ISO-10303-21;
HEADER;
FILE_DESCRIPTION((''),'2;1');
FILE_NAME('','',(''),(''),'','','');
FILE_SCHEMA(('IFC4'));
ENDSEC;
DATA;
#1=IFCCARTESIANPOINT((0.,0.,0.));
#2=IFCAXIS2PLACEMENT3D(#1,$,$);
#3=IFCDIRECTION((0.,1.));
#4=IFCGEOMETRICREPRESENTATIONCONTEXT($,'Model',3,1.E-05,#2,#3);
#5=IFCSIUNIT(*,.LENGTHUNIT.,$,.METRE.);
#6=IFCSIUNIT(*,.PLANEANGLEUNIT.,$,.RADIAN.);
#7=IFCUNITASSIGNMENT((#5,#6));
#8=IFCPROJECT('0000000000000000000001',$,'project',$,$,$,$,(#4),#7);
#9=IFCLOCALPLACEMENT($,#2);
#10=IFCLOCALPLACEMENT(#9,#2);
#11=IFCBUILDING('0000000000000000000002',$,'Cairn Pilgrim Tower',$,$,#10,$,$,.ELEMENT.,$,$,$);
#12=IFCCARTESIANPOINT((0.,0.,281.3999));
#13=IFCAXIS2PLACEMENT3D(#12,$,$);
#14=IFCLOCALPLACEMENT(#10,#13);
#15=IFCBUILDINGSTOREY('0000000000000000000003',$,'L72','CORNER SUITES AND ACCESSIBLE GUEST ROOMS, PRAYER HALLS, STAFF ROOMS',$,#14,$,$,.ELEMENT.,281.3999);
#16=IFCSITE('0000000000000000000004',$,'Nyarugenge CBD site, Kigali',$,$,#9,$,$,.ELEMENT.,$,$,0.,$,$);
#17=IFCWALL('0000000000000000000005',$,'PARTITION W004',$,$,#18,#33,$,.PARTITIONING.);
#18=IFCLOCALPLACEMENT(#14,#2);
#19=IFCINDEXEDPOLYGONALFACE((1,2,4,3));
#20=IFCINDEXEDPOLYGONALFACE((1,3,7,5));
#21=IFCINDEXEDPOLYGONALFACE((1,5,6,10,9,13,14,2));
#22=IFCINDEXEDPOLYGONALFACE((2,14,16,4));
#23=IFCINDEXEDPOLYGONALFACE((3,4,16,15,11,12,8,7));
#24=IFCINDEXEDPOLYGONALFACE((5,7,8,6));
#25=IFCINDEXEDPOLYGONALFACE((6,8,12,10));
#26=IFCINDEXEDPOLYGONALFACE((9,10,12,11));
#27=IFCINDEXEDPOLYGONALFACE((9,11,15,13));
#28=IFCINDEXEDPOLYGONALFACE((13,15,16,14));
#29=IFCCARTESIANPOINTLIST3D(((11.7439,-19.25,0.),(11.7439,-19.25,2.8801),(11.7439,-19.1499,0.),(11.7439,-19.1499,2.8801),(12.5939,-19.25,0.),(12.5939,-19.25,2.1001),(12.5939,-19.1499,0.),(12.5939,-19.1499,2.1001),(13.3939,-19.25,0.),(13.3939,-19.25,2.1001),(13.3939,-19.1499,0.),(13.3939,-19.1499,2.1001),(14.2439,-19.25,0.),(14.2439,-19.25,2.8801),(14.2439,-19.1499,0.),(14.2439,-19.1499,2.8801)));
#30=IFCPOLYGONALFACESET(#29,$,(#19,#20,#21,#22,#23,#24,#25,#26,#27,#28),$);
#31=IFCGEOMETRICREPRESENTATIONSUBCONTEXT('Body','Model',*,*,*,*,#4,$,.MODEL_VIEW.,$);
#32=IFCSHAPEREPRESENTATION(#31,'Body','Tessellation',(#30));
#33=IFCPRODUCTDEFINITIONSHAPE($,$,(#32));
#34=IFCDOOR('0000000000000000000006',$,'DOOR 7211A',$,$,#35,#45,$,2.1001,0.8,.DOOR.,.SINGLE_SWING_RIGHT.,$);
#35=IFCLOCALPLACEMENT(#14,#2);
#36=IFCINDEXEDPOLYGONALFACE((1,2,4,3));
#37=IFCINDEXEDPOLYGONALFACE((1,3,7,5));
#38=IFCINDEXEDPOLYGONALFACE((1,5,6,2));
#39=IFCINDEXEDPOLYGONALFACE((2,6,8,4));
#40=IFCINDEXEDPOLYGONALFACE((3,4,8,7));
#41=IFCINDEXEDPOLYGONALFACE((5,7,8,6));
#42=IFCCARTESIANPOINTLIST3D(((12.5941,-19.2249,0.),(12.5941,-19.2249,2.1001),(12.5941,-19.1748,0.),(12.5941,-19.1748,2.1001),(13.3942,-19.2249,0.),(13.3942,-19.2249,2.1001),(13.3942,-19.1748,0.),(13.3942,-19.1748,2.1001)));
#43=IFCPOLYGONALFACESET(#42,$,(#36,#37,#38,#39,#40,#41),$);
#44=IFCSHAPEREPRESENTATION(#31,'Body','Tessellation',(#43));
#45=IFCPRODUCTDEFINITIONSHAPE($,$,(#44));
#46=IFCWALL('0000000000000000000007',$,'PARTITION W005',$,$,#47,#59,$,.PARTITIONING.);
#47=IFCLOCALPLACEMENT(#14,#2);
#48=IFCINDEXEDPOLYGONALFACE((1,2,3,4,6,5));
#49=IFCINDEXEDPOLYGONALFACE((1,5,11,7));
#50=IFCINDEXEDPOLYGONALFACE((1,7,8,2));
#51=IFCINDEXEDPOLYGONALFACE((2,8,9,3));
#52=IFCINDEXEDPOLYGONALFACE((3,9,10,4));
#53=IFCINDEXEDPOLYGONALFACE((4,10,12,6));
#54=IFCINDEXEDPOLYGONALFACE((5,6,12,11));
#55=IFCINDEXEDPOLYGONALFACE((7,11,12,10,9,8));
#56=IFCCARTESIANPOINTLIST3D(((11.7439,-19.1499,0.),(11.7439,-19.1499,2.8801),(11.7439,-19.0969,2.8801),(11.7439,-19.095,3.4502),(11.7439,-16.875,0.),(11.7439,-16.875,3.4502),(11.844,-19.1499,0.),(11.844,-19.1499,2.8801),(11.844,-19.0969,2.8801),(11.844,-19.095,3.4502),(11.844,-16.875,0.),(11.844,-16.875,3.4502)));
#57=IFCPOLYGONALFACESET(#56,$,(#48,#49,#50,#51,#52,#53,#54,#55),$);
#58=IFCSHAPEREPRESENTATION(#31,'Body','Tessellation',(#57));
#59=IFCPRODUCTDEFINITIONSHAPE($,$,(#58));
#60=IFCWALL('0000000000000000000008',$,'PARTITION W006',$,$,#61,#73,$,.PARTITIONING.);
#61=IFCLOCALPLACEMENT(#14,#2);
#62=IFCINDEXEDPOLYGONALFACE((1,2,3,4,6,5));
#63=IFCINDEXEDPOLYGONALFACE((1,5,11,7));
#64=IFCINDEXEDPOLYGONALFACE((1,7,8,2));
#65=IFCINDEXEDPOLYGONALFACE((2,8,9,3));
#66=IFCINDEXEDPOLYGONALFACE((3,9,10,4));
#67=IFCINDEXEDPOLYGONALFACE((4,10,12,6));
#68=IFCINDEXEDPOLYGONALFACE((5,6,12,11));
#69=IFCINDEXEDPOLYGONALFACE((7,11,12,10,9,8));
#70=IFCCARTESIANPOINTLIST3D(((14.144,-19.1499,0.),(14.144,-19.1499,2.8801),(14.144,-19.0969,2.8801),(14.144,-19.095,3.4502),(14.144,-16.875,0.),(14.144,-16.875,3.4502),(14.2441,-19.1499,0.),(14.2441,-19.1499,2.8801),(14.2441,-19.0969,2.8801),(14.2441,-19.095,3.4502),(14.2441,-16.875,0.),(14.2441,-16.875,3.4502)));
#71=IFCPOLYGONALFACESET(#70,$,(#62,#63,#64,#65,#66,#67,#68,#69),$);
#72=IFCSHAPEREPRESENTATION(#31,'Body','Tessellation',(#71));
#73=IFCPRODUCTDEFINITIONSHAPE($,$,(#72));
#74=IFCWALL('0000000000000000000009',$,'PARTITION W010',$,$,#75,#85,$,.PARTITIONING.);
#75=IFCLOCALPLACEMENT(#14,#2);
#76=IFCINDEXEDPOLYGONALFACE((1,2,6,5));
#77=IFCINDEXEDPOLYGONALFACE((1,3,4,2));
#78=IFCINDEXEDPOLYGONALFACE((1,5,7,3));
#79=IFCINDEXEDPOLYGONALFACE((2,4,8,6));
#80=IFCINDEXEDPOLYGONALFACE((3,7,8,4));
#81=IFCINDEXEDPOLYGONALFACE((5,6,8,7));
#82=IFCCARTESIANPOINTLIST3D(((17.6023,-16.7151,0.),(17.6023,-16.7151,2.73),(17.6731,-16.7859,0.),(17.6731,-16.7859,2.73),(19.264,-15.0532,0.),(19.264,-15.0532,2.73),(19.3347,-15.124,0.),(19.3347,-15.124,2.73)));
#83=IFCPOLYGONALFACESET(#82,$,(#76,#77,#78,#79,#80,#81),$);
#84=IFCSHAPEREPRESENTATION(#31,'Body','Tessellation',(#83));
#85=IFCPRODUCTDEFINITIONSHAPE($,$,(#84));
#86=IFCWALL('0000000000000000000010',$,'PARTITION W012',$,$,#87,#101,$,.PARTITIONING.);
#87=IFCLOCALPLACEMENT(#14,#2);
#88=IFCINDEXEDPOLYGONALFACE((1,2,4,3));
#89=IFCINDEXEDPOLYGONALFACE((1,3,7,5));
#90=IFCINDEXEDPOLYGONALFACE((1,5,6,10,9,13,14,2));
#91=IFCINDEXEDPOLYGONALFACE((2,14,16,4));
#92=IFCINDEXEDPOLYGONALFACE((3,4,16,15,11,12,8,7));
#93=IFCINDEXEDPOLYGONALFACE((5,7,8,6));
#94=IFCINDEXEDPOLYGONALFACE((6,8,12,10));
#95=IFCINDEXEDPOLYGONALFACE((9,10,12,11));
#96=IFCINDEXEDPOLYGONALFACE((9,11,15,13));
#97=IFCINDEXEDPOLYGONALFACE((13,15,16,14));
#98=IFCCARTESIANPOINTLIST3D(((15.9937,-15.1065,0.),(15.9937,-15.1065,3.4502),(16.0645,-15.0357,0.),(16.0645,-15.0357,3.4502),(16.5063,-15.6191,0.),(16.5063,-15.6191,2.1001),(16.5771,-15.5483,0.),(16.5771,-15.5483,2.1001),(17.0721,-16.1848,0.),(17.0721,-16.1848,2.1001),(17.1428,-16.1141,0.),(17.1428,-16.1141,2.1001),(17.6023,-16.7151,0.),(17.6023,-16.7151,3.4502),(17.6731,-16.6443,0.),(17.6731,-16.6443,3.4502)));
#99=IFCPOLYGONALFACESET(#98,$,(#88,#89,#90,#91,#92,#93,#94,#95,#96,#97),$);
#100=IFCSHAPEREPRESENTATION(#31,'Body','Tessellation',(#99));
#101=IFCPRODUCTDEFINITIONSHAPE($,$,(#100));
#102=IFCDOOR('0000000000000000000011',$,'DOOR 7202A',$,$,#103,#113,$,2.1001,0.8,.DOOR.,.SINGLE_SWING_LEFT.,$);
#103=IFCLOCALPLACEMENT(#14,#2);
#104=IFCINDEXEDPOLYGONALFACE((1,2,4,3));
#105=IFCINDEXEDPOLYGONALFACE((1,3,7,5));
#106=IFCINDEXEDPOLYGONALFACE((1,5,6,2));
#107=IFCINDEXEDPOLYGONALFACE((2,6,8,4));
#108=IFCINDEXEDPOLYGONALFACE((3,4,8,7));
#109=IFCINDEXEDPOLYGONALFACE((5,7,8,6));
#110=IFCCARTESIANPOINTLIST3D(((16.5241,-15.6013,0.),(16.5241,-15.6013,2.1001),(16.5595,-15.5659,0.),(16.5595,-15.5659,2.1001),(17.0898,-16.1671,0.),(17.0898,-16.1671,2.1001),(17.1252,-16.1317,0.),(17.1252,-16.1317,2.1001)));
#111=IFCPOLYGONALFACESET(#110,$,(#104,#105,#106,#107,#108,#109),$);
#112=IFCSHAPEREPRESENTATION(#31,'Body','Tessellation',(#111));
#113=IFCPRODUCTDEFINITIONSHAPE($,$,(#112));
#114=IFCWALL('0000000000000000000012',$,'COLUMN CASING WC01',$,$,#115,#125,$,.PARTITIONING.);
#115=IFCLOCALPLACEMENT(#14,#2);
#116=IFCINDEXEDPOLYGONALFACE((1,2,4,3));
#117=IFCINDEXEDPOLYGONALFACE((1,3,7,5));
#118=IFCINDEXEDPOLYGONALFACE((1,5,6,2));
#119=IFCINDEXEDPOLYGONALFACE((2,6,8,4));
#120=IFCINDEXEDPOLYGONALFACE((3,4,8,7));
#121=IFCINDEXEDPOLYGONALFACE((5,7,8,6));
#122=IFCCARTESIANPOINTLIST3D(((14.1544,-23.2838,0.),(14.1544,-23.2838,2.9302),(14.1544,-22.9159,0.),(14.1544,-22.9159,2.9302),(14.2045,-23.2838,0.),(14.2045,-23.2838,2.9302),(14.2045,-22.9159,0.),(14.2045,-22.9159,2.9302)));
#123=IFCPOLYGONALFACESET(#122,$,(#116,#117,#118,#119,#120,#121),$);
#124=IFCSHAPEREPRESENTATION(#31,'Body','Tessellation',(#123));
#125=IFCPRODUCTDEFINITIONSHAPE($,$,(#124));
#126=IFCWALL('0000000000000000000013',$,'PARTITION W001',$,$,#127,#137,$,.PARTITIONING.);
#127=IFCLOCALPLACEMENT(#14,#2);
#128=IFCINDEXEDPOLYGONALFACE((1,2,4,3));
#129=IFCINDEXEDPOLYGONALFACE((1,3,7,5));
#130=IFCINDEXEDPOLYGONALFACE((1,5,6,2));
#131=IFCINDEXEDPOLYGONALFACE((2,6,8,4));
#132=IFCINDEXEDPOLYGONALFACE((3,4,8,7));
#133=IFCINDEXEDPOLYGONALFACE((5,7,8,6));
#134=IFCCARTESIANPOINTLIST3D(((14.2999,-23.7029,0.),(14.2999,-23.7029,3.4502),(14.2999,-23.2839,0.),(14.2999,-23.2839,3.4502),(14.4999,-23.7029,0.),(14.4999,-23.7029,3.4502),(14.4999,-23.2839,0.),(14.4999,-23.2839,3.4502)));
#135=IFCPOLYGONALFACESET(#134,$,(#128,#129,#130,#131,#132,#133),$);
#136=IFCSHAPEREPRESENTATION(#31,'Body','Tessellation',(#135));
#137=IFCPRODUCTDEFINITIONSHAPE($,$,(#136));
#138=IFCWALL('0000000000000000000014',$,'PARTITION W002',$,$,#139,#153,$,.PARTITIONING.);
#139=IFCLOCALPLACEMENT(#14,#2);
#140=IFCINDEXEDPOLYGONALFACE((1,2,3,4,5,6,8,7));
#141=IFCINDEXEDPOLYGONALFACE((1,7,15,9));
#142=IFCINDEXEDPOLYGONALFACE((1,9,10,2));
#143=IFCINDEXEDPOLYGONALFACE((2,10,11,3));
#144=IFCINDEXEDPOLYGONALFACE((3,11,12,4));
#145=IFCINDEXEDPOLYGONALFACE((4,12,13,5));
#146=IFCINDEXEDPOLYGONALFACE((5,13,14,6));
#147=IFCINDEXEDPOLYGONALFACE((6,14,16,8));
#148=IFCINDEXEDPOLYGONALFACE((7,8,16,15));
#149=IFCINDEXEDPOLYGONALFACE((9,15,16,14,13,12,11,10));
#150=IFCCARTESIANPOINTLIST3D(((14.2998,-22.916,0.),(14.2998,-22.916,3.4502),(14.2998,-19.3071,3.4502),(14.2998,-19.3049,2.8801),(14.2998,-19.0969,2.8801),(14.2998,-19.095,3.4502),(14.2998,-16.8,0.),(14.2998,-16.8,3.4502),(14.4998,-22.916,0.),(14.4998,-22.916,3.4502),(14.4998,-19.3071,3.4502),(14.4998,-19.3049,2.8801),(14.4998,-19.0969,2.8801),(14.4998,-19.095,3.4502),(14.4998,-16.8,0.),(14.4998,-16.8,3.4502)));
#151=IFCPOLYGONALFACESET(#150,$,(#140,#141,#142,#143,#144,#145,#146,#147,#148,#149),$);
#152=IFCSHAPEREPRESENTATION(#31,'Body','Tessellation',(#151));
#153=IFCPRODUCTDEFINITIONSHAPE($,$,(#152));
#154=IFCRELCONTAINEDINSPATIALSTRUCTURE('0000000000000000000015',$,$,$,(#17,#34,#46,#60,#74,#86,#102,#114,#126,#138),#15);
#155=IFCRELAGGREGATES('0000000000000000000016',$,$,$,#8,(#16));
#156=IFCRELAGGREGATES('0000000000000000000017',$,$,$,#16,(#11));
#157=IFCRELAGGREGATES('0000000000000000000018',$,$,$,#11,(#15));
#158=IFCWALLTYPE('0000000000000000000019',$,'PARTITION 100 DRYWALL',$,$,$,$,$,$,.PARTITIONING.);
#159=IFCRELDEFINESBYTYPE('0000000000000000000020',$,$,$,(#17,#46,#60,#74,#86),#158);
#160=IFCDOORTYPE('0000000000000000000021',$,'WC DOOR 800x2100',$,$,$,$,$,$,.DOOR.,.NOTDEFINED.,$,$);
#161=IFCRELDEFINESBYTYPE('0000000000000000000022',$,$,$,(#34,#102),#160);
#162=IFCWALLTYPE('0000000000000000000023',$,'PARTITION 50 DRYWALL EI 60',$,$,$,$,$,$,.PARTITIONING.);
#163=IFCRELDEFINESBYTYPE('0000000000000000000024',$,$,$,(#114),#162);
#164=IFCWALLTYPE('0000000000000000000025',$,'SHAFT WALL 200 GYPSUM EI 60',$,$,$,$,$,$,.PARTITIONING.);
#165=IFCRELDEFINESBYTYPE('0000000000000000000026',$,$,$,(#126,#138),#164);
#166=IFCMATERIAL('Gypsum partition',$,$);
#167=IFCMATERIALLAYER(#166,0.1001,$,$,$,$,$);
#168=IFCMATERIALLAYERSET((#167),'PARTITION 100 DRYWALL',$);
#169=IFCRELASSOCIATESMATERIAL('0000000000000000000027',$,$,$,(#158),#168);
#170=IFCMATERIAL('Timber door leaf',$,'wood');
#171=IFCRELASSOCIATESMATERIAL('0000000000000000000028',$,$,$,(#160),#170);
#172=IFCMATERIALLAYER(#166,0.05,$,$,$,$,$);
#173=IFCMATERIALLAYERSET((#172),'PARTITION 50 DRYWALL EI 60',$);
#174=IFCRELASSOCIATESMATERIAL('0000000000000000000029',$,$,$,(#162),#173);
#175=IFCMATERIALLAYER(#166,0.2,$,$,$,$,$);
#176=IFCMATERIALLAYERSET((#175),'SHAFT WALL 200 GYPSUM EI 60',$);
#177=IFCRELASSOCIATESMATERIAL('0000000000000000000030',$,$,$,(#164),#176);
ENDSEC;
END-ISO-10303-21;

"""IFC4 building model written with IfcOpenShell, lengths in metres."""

from ifc_helpers import new_model, si_unit, direction, frame, frame_2d, origin, place, context, subcontext, project, spatial, polyline, rectangle, outline, extrude, material, layer, layer_set, type_object, element, fill, save


model = new_model("IFC4")

# Units and contexts
model_context = context("Model", 3, precision=1e-05, world=origin(), true_north=direction((0.0, 1.0)))
body_context = subcontext(model_context, "Body", "Model", "MODEL_VIEW")
ifc_project = project(units=[si_unit("LENGTHUNIT", "METRE"), si_unit("PLANEANGLEUNIT", "RADIAN")], contexts=[model_context])

# Site, building, storey
site_placement = place(None, origin())
site = spatial("IfcSite", under=ifc_project, at=site_placement, Name="Nyarugenge CBD site, Kigali", CompositionType="ELEMENT", RefElevation=0.0)
building_placement = place(site_placement, origin())
building = spatial("IfcBuilding", under=site, at=building_placement, Name="Cairn Pilgrim Tower", CompositionType="ELEMENT")
storey_placement = place(building_placement, frame((0.0, 0.0, 281.3999)))
storey = spatial("IfcBuildingStorey", under=building, at=storey_placement, Name="L72", Description="CORNER SUITES AND ACCESSIBLE GUEST ROOMS, PRAYER HALLS, STAFF ROOMS", CompositionType="ELEMENT", Elevation=281.3999)

# Wall, opening, door
ifc_material_1 = material(Name="Gypsum partition")
ifc_layer_1 = layer(ifc_material_1, 0.1001)
ifc_layer_set_1 = layer_set([ifc_layer_1], Name="PARTITION 100 DRYWALL")
wall_type_1 = type_object("IfcWallType", Name="PARTITION 100 DRYWALL", PredefinedType="PARTITIONING", material=ifc_layer_set_1)
wall_1_placement = place(storey_placement, frame((11.7439, -19.2, 0.0), z_axis=(0.0, 0.0, 1.0), x_axis=(1.0, 0.0, 0.0)))
wall_1 = element("IfcWall", 1, at=wall_1_placement, inside=storey, type_object=wall_type_1, Name="PARTITION W004", PredefinedType="PARTITIONING", context=body_context, shape_type="SweptSolid", body=[
    extrude(rectangle(XDim=2.5, YDim=0.1001, at=frame_2d((1.25, 0.0))), origin(), (0.0, 0.0, 1.0), 2.8801),
])
opening_1_placement = place(wall_1_placement, frame((0.8501, 0.0, 0.0)))
opening_1 = element("IfcOpeningElement", 2, at=opening_1_placement, cuts=wall_1, PredefinedType="OPENING", context=body_context, shape_type="SweptSolid", body=[
    extrude(rectangle(XDim=0.8, YDim=2.1001, at=frame_2d((0.3999, 1.05))), frame((0.0, 0.0601, 0.0), z_axis=(0.0, -1.0, 0.0), x_axis=(1.0, 0.0, 0.0)), (0.0, 0.0, 1.0), 0.1201),
])
ifc_material_2 = material(Name="Timber door leaf", Category="wood")
door_type_1 = type_object("IfcDoorType", Name="WC DOOR 800x2100", OperationType="NOTDEFINED", PredefinedType="DOOR", material=ifc_material_2)
door_1_placement = place(opening_1_placement, frame((0.8, 0.0, 0.0), z_axis=(0.0, 0.0, 1.0), x_axis=(-1.0, 0.0, 0.0)))
door_1 = element("IfcDoor", 3, at=door_1_placement, inside=storey, type_object=door_type_1, Name="DOOR 7211A", OperationType="SINGLE_SWING_RIGHT", OverallHeight=2.1001, OverallWidth=0.8, PredefinedType="DOOR", context=body_context, shape_type="SweptSolid", body=[
    extrude(rectangle(XDim=0.8, YDim=2.1001, at=frame_2d((0.3999, 1.05))), frame((0.0, 0.0249, 0.0), z_axis=(0.0, -1.0, 0.0), x_axis=(1.0, 0.0, 0.0)), (0.0, 0.0, 1.0), 0.05),
])
fill(opening_1, door_1)

# Walls
for number, where, z_axis, x_axis, name in (
    (4, (11.7939, -19.1499, 0.0), (0.0, 0.0, 1.0), (0.0, 1.0, 0.0), "PARTITION W005"),
    (5, (14.1941, -19.1499, 0.0), (0.0, 0.0, 1.0), (0.0, 1.0, 0.0), "PARTITION W006"),
):
    element("IfcWall", number, at=place(storey_placement, frame(where, z_axis=z_axis, x_axis=x_axis)), inside=storey, type_object=wall_type_1, Name=name, PredefinedType="PARTITIONING", context=body_context, shape_type="SweptSolid", body=[
        extrude(outline(polyline([(0.0, 0.0), (2.2749, 0.0), (2.2749, 3.4502), (0.0549, 3.4502), (0.053, 2.8801), (0.0, 2.8801), (0.0, 0.0)])), frame((0.0, 0.05, 0.0), z_axis=(0.0, -1.0, 0.0), x_axis=(1.0, 0.0, 0.0)), (0.0, 0.0, 1.0), 0.1001),
    ])
wall_2_placement = place(storey_placement, frame((17.6377, -16.7505, 0.0), z_axis=(0.0, 0.0, 1.0), x_axis=(0.707055, 0.707159, 0.0)))
element("IfcWall", 6, at=wall_2_placement, inside=storey, type_object=wall_type_1, Name="PARTITION W010", PredefinedType="PARTITIONING", context=body_context, shape_type="SweptSolid", body=[
    extrude(rectangle(XDim=2.3501, YDim=0.1001, at=frame_2d((1.175, 0.0))), origin(), (0.0, 0.0, 1.0), 2.73),
])

# Wall, opening, door
wall_3_placement = place(storey_placement, frame((17.6377, -16.6797, 0.0), z_axis=(0.0, 0.0, 1.0), x_axis=(-0.707107, 0.707107, 0.0)))
wall_3 = element("IfcWall", 7, at=wall_3_placement, inside=storey, type_object=wall_type_1, Name="PARTITION W012", PredefinedType="PARTITIONING", context=body_context, shape_type="SweptSolid", body=[
    extrude(rectangle(XDim=2.2749, YDim=0.1001, at=frame_2d((1.1375, 0.0))), origin(), (0.0, 0.0, 1.0), 3.4502),
])
opening_2_placement = place(wall_3_placement, frame((0.75, 0.0, 0.0)))
opening_2 = element("IfcOpeningElement", 8, at=opening_2_placement, cuts=wall_3, PredefinedType="OPENING", context=body_context, shape_type="SweptSolid", body=[
    extrude(rectangle(XDim=0.8, YDim=2.1001, at=frame_2d((0.3999, 1.05))), frame((0.0, 0.0601, 0.0), z_axis=(0.0, -1.0, 0.0), x_axis=(1.0, 0.0, 0.0)), (0.0, 0.0, 1.0), 0.1201),
])
door_2_placement = place(opening_2_placement, origin())
door_2 = element("IfcDoor", 9, at=door_2_placement, inside=storey, type_object=door_type_1, Name="DOOR 7202A", OperationType="SINGLE_SWING_LEFT", OverallHeight=2.1001, OverallWidth=0.8, PredefinedType="DOOR", context=body_context, shape_type="SweptSolid", body=[
    extrude(rectangle(XDim=0.8, YDim=2.1001, at=frame_2d((0.3999, 1.05))), frame((0.0, 0.0249, 0.0), z_axis=(0.0, -1.0, 0.0), x_axis=(1.0, 0.0, 0.0)), (0.0, 0.0, 1.0), 0.05),
])
fill(opening_2, door_2)

# Walls
ifc_layer_2 = layer(ifc_material_1, 0.05)
ifc_layer_set_2 = layer_set([ifc_layer_2], Name="PARTITION 50 DRYWALL EI 60")
wall_type_2 = type_object("IfcWallType", Name="PARTITION 50 DRYWALL EI 60", PredefinedType="PARTITIONING", material=ifc_layer_set_2)
wall_4_placement = place(storey_placement, frame((14.1794, -23.2839, 0.0), z_axis=(0.0, 0.0, 1.0), x_axis=(0.0, 1.0, 0.0)))
element("IfcWall", 10, at=wall_4_placement, inside=storey, type_object=wall_type_2, Name="COLUMN CASING WC01", PredefinedType="PARTITIONING", context=body_context, shape_type="SweptSolid", body=[
    extrude(rectangle(XDim=0.3679, YDim=0.05, at=frame_2d((0.1841, 0.0))), origin(), (0.0, 0.0, 1.0), 2.9302),
])
ifc_layer_3 = layer(ifc_material_1, 0.2)
ifc_layer_set_3 = layer_set([ifc_layer_3], Name="SHAFT WALL 200 GYPSUM EI 60")
wall_type_3 = type_object("IfcWallType", Name="SHAFT WALL 200 GYPSUM EI 60", PredefinedType="PARTITIONING", material=ifc_layer_set_3)
wall_5_placement = place(storey_placement, frame((14.3999, -23.7029, 0.0), z_axis=(0.0, 0.0, 1.0), x_axis=(0.0, 1.0, 0.0)))
element("IfcWall", 11, at=wall_5_placement, inside=storey, type_object=wall_type_3, Name="PARTITION W001", PredefinedType="PARTITIONING", context=body_context, shape_type="SweptSolid", body=[
    extrude(rectangle(XDim=0.4189, YDim=0.2, at=frame_2d((0.2095, 0.0))), origin(), (0.0, 0.0, 1.0), 3.4502),
])
wall_6_placement = place(storey_placement, frame((14.3999, -22.916, 0.0), z_axis=(0.0, 0.0, 1.0), x_axis=(0.0, 1.0, 0.0)))
element("IfcWall", 12, at=wall_6_placement, inside=storey, type_object=wall_type_3, Name="PARTITION W002", PredefinedType="PARTITIONING", context=body_context, shape_type="SweptSolid", body=[
    extrude(outline(polyline([(0.0, 0.0), (6.116, 0.0), (6.116, 3.4502), (3.821, 3.4502), (3.8191, 2.8801), (3.6111, 2.8801), (3.6089, 3.4502), (0.0, 3.4502), (0.0, 0.0)])), frame((0.0, 0.1001, 0.0), z_axis=(0.0, -1.0, 0.0), x_axis=(1.0, 0.0, 0.0)), (0.0, 0.0, 1.0), 0.2),
])

save(model, "model.ifc")
